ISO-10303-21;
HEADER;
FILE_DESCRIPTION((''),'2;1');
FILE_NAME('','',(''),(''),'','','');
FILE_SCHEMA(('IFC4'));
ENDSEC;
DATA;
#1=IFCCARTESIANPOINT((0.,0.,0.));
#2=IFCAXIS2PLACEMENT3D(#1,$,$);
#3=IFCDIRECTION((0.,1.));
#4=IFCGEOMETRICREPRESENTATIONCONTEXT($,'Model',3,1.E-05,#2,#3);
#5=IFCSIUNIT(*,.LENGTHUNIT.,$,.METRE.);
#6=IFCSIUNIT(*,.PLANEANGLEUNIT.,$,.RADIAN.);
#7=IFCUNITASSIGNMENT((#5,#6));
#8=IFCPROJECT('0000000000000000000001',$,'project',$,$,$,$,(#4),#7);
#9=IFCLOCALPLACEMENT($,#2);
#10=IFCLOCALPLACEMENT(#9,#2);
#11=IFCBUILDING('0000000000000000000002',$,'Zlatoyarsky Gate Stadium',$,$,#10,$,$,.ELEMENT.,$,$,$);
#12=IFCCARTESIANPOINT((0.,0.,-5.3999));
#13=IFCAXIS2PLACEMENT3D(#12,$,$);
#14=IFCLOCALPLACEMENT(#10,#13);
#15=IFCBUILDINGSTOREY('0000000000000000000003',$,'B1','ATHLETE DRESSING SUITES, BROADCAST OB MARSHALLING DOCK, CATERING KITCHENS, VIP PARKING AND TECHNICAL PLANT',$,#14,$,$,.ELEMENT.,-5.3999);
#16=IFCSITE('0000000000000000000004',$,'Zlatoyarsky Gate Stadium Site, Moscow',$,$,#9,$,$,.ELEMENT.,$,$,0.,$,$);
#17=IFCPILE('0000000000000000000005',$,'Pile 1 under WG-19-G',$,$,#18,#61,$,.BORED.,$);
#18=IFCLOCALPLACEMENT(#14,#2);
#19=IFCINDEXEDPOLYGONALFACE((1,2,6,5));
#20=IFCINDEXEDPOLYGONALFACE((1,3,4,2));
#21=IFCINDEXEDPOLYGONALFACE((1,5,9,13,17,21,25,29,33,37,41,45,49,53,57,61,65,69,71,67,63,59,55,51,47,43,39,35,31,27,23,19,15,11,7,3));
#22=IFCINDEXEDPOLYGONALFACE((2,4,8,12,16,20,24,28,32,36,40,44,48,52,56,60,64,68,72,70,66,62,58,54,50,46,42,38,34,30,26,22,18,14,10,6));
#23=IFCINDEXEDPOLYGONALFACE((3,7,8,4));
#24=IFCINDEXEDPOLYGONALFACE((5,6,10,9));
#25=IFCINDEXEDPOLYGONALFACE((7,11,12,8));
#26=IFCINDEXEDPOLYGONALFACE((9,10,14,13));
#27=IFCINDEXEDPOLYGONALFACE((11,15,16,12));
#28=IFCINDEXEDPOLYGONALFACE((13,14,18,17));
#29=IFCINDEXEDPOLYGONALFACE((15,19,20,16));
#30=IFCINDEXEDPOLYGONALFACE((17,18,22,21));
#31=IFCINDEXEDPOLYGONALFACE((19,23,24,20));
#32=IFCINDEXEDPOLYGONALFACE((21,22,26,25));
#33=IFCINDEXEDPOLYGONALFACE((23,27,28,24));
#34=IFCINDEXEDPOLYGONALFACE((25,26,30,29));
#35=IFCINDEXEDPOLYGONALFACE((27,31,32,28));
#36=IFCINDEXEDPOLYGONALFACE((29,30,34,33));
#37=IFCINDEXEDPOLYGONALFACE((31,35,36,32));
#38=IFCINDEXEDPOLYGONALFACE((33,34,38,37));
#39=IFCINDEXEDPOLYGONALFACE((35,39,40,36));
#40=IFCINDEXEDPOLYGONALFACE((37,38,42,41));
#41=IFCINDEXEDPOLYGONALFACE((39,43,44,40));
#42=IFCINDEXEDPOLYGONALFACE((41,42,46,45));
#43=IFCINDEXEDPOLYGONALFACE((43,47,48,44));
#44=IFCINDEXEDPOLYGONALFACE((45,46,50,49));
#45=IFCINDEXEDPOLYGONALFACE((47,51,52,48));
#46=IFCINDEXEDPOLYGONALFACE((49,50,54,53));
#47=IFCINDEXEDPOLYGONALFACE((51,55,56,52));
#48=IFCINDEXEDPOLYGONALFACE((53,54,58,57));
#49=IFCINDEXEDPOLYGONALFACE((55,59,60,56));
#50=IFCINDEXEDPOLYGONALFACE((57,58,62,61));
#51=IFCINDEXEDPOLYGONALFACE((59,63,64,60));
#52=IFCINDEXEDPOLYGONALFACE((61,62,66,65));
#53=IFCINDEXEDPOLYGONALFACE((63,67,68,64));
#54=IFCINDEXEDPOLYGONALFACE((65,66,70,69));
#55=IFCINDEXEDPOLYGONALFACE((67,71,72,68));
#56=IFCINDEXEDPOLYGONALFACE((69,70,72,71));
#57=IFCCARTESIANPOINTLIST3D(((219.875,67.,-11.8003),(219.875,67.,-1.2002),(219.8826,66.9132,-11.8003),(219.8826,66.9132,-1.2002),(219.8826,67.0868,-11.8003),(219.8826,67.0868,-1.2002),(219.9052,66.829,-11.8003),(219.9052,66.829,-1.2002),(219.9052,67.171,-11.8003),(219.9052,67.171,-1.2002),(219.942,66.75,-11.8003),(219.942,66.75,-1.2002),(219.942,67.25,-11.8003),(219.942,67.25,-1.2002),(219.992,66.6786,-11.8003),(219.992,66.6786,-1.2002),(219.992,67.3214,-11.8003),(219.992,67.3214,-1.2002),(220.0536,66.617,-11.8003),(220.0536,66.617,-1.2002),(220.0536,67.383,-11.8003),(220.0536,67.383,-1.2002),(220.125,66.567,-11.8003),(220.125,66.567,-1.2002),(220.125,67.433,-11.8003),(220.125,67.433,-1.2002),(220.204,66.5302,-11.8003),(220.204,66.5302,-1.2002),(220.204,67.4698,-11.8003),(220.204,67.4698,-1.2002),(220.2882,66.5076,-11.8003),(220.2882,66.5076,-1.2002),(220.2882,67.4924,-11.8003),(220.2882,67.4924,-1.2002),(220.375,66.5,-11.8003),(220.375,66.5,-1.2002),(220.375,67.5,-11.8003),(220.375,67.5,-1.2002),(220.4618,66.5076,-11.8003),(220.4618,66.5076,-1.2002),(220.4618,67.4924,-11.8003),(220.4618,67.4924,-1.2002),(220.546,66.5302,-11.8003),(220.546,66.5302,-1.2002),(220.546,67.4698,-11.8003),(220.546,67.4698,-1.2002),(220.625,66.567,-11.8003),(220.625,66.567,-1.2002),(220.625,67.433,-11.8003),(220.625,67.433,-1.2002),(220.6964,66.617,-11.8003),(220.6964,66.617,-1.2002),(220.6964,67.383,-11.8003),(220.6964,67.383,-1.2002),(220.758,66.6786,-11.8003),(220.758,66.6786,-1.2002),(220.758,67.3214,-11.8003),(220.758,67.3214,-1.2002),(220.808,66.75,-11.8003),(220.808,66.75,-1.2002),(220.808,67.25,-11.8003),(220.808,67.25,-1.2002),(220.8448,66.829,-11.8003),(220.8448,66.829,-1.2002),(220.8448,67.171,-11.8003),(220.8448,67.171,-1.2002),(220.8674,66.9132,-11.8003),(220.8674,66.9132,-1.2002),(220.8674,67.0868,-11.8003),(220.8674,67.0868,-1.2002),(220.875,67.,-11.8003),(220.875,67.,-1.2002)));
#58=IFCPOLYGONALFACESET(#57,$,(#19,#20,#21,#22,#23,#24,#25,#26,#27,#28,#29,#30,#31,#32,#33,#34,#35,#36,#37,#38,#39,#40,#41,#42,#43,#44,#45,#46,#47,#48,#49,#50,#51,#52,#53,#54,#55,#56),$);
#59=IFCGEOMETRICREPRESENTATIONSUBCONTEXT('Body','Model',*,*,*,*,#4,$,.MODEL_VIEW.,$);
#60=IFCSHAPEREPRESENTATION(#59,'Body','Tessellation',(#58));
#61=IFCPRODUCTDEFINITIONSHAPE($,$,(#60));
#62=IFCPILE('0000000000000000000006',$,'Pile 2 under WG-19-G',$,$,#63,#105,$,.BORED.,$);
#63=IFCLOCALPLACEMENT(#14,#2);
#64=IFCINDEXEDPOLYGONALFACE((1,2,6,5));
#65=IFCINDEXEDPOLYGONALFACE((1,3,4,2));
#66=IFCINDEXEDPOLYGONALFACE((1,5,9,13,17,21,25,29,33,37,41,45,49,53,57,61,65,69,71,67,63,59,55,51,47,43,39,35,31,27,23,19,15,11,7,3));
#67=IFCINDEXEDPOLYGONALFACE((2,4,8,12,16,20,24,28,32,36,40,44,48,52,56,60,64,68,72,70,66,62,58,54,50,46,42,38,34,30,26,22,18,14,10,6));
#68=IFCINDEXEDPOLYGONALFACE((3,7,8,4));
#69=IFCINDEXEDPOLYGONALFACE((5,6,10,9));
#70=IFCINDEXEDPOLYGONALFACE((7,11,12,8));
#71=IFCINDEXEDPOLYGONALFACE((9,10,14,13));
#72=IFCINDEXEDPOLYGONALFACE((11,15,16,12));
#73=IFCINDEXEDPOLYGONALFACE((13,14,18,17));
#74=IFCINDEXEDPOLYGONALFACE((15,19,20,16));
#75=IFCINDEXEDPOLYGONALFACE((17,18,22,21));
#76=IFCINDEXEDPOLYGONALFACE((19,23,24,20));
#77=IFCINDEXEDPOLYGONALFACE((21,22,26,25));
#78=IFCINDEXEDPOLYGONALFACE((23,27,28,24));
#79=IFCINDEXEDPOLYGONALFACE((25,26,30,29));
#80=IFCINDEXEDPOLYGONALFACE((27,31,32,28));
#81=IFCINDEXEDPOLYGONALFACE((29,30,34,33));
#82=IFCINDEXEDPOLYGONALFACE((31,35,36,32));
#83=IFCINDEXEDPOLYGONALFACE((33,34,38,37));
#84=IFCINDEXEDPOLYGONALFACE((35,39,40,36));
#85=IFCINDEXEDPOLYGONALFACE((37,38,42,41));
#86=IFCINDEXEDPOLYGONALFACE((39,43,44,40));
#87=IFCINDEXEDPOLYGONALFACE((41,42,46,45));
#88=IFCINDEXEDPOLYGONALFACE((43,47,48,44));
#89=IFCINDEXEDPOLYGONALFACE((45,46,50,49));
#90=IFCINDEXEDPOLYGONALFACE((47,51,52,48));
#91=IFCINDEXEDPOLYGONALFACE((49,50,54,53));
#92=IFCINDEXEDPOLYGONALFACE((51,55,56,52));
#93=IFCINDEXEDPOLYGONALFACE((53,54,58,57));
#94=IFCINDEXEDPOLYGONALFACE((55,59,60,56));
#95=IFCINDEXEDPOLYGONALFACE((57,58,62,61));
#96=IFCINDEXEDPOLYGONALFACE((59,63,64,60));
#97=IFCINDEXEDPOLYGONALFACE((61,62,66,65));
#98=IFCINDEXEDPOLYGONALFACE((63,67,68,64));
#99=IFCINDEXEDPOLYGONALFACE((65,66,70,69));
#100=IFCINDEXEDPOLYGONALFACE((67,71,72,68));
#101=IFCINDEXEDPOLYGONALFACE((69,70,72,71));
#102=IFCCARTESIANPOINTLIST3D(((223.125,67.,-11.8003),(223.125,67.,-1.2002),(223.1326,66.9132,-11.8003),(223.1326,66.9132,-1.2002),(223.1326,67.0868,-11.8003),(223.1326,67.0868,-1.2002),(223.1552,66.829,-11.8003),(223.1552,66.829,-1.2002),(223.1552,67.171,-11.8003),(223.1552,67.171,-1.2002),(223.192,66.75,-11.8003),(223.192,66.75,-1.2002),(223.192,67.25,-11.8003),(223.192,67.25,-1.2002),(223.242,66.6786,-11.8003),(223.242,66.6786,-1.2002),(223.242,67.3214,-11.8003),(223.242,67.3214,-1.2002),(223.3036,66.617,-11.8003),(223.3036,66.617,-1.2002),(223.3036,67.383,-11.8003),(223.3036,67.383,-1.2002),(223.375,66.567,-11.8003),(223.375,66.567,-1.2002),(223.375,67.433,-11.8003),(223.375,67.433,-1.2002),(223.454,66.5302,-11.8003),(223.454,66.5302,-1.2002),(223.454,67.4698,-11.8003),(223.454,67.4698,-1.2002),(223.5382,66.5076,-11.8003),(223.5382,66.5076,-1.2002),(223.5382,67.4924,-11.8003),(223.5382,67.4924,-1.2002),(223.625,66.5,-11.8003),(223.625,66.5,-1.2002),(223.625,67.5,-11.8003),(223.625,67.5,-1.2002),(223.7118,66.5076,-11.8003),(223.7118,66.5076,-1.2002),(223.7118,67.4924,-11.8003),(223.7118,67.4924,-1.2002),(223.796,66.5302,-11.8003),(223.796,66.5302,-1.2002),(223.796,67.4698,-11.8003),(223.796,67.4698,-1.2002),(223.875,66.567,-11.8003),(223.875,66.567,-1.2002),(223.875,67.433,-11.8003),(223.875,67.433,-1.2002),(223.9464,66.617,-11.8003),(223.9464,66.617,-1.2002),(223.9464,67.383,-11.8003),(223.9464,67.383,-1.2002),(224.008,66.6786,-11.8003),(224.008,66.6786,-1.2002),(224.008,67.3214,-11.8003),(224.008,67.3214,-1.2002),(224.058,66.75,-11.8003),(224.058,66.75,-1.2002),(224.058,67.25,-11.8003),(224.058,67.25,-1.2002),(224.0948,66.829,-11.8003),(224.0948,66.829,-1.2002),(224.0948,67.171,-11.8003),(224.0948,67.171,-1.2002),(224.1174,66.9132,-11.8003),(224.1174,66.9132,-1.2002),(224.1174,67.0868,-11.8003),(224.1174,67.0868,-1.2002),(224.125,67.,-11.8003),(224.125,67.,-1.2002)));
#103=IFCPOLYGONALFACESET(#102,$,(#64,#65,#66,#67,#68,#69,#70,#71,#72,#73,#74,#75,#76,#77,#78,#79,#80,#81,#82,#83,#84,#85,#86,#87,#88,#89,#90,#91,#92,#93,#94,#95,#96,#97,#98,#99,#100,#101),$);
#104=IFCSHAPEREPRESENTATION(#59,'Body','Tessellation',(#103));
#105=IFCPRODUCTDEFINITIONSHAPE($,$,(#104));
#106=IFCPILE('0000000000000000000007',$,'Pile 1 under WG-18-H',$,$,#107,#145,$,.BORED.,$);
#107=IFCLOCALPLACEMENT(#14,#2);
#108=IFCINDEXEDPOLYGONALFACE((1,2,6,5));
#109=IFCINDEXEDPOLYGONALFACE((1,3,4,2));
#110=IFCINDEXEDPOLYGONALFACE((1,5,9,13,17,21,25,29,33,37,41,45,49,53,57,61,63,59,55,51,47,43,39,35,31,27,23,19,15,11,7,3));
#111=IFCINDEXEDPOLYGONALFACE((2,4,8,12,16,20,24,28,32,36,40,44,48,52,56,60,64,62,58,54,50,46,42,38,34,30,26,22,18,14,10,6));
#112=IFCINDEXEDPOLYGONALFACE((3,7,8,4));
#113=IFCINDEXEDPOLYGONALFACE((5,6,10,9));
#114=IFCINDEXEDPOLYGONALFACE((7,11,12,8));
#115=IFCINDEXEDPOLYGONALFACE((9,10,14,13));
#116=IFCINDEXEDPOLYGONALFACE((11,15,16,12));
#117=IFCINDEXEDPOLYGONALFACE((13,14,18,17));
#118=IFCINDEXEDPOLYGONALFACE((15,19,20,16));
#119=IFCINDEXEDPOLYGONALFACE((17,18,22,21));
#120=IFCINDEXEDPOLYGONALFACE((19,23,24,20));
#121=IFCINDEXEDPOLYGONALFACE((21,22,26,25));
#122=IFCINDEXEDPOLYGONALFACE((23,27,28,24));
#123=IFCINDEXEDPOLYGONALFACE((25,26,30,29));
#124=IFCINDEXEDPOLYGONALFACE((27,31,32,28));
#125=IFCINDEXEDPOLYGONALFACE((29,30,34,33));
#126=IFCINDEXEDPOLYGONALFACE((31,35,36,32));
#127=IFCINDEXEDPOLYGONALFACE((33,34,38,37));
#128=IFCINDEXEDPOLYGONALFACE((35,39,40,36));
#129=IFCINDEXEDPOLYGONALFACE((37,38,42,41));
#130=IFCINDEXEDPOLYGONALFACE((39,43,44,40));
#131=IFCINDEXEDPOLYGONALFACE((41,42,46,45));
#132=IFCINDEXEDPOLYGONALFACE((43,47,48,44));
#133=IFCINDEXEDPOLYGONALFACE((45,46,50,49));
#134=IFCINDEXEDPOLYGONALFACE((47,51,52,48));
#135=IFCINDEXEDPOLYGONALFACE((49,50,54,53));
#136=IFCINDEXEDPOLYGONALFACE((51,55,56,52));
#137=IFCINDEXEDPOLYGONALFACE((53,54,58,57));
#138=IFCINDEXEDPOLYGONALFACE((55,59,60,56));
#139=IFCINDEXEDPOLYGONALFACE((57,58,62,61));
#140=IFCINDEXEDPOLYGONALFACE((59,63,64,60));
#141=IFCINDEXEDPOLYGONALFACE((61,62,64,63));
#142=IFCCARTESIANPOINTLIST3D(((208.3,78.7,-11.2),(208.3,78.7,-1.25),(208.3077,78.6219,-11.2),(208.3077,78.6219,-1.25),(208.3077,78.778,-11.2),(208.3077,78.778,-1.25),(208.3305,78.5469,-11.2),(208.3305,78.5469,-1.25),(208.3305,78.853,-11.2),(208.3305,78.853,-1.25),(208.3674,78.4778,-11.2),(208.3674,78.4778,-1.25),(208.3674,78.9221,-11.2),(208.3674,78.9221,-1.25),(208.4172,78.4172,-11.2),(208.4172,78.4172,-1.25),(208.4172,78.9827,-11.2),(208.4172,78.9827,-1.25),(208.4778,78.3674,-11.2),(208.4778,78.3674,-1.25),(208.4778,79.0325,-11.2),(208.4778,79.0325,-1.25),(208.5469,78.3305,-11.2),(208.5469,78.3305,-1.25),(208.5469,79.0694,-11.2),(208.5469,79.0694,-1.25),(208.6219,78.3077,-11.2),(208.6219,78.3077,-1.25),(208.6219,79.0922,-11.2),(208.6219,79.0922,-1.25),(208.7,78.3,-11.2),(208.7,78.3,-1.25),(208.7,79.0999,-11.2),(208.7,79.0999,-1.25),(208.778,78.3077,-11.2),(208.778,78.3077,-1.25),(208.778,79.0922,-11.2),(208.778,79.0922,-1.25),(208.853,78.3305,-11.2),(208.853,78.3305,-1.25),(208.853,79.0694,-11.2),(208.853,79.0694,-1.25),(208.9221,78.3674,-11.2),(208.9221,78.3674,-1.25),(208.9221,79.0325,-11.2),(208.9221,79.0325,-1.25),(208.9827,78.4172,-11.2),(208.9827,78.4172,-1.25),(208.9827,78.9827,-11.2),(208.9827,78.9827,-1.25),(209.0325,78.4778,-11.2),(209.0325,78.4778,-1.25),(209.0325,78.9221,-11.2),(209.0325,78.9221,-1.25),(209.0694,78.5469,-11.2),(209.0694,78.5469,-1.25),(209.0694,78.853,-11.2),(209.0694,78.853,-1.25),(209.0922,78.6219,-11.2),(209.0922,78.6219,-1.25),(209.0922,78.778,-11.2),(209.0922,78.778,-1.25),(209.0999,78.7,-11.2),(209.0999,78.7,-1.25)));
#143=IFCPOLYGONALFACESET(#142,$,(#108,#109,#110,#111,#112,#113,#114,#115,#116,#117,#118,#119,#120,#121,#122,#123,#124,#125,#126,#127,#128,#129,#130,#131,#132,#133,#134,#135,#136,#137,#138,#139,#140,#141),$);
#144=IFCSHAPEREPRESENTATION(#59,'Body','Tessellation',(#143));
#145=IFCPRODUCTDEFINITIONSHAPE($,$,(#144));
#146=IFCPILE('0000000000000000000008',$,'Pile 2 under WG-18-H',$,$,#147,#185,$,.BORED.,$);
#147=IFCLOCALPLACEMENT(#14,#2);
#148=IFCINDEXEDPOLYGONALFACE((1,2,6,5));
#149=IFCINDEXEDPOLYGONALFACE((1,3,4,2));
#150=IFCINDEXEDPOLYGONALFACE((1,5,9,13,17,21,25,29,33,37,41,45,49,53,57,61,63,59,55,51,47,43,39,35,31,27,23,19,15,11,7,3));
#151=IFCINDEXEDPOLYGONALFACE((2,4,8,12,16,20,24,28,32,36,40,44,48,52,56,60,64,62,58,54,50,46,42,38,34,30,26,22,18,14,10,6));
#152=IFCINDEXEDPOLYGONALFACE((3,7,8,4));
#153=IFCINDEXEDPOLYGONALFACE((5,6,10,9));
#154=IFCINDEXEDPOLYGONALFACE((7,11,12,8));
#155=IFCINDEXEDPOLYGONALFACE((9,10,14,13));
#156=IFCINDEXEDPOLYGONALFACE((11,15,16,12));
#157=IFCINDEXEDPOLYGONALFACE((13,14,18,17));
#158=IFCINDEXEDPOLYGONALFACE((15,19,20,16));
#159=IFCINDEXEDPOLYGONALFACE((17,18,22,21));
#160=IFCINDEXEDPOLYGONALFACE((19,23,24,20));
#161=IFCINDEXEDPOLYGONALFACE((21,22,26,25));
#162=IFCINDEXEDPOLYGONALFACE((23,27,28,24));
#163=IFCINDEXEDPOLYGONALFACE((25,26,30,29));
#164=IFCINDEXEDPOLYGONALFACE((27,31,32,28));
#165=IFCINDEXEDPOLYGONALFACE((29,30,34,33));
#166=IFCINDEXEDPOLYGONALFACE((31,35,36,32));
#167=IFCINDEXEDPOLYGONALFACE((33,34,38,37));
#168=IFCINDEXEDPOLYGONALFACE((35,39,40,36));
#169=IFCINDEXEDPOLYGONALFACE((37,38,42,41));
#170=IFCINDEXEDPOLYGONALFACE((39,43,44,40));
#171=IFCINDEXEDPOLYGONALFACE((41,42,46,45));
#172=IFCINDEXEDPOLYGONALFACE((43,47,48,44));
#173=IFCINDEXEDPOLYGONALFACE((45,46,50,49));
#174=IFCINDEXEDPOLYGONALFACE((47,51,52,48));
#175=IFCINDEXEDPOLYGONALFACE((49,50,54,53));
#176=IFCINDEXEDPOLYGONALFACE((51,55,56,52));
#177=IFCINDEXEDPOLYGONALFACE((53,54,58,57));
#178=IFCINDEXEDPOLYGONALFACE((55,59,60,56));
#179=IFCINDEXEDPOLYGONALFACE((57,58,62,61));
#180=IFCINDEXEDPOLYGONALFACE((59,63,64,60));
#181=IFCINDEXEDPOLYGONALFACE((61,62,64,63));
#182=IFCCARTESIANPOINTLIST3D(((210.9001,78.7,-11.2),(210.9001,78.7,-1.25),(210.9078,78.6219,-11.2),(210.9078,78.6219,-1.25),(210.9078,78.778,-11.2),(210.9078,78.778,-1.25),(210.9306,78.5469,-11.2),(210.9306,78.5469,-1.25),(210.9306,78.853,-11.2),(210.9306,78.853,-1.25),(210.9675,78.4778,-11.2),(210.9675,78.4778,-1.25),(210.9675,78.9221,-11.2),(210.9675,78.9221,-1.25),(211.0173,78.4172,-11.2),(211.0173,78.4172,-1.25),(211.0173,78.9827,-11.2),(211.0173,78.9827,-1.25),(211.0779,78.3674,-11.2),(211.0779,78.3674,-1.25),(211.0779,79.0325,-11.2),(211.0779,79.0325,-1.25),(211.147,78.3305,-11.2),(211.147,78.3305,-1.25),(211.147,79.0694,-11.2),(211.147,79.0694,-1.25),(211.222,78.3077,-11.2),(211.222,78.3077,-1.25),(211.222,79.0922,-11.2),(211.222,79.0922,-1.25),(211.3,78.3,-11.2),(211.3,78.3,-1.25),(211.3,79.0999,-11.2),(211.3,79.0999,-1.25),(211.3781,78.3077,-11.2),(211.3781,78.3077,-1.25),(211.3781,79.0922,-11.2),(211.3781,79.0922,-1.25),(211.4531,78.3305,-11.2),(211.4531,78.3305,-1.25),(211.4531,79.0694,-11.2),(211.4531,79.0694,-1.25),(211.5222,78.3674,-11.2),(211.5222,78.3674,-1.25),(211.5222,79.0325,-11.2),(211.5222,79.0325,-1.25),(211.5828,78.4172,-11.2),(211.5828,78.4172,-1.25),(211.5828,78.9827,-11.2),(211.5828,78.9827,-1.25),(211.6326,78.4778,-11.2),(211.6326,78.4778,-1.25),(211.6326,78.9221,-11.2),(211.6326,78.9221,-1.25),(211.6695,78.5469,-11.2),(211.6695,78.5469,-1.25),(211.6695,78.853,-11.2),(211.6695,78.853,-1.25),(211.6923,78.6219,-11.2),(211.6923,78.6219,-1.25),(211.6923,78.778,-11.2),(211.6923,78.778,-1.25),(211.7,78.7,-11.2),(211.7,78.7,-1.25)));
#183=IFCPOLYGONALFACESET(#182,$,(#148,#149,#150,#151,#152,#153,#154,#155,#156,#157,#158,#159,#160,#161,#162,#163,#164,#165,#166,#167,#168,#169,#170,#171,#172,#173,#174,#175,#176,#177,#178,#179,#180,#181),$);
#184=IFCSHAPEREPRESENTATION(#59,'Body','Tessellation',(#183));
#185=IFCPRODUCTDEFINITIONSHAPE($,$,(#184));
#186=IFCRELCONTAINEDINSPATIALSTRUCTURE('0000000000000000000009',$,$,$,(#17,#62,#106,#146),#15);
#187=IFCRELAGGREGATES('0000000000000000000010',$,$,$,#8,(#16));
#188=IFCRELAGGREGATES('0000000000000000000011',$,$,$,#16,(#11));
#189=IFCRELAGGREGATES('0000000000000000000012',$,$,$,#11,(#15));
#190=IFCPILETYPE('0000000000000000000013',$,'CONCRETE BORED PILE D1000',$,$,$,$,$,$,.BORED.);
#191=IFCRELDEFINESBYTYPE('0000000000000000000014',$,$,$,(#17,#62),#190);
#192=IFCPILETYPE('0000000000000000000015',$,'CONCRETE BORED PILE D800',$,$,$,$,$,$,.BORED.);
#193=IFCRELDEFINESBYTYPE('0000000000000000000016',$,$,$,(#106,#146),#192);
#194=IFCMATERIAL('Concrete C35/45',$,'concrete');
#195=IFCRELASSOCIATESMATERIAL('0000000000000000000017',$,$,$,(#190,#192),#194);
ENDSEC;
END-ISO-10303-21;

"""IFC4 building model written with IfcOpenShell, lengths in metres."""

from ifc_helpers import new_model, si_unit, direction, frame, origin, origin_2d, place, context, subcontext, project, spatial, circle, extrude, material, material_profile, profile_set, type_object, element, save


model = new_model("IFC4")

# Units and contexts
model_context = context("Model", 3, precision=1e-05, world=origin(), true_north=direction((0.0, 1.0)))
body_context = subcontext(model_context, "Body", "Model", "MODEL_VIEW")
ifc_project = project(units=[si_unit("LENGTHUNIT", "METRE"), si_unit("PLANEANGLEUNIT", "RADIAN")], contexts=[model_context])

# Site, building, storey
site_placement = place(None, origin())
site = spatial("IfcSite", under=ifc_project, at=site_placement, Name="Zlatoyarsky Gate Stadium Site, Moscow", CompositionType="ELEMENT", RefElevation=0.0)
building_placement = place(site_placement, origin())
building = spatial("IfcBuilding", under=site, at=building_placement, Name="Zlatoyarsky Gate Stadium", CompositionType="ELEMENT")
storey_placement = place(building_placement, frame((0.0, 0.0, -5.3999)))
storey = spatial("IfcBuildingStorey", under=building, at=storey_placement, Name="B1", Description="ATHLETE DRESSING SUITES, BROADCAST OB MARSHALLING DOCK, CATERING KITCHENS, VIP PARKING AND TECHNICAL PLANT", CompositionType="ELEMENT", Elevation=-5.3999)

# Piles
ifc_material_1 = material(Name="Concrete C35/45", Category="concrete")
ifc_material_profile_1 = material_profile(ifc_material_1, circle(Radius=0.5, at=origin_2d()), Name="BORED PILE D1000")
ifc_profile_set_1 = profile_set([ifc_material_profile_1], Name="Concrete C35/45")
pile_type_1 = type_object("IfcPileType", Name="CONCRETE BORED PILE D1000", PredefinedType="BORED", material=ifc_profile_set_1)
for number, where, z_axis, x_axis, name in (
    (1, (220.375, 67.0, -1.2002), (0.0, 0.0, -1.0), (1.0, 0.0, 0.0), "Pile 1 under WG-19-G"),
    (2, (223.625, 67.0, -1.2002), (0.0, 0.0, -1.0), (1.0, 0.0, 0.0), "Pile 2 under WG-19-G"),
):
    element("IfcPile", number, at=place(storey_placement, frame(where, z_axis=z_axis, x_axis=x_axis)), inside=storey, type_object=pile_type_1, Name=name, PredefinedType="BORED", context=body_context, shape_type="SweptSolid", body=[
        extrude(circle(Radius=0.5, at=origin_2d()), origin(), (0.0, 0.0, 1.0), 10.6001),
    ])
ifc_material_profile_2 = material_profile(ifc_material_1, circle(Radius=0.3999, at=origin_2d()), Name="BORED PILE D800")
ifc_profile_set_2 = profile_set([ifc_material_profile_2], Name="Concrete C35/45")
pile_type_2 = type_object("IfcPileType", Name="CONCRETE BORED PILE D800", PredefinedType="BORED", material=ifc_profile_set_2)
for number, where, z_axis, x_axis, name in (
    (3, (208.7, 78.7, -1.25), (0.0, 0.0, -1.0), (1.0, 0.0, 0.0), "Pile 1 under WG-18-H"),
    (4, (211.3, 78.7, -1.25), (0.0, 0.0, -1.0), (1.0, 0.0, 0.0), "Pile 2 under WG-18-H"),
):
    element("IfcPile", number, at=place(storey_placement, frame(where, z_axis=z_axis, x_axis=x_axis)), inside=storey, type_object=pile_type_2, Name=name, PredefinedType="BORED", context=body_context, shape_type="SweptSolid", body=[
        extrude(circle(Radius=0.3999, at=origin_2d()), origin(), (0.0, 0.0, 1.0), 9.95),
    ])

save(model, "model.ifc")
